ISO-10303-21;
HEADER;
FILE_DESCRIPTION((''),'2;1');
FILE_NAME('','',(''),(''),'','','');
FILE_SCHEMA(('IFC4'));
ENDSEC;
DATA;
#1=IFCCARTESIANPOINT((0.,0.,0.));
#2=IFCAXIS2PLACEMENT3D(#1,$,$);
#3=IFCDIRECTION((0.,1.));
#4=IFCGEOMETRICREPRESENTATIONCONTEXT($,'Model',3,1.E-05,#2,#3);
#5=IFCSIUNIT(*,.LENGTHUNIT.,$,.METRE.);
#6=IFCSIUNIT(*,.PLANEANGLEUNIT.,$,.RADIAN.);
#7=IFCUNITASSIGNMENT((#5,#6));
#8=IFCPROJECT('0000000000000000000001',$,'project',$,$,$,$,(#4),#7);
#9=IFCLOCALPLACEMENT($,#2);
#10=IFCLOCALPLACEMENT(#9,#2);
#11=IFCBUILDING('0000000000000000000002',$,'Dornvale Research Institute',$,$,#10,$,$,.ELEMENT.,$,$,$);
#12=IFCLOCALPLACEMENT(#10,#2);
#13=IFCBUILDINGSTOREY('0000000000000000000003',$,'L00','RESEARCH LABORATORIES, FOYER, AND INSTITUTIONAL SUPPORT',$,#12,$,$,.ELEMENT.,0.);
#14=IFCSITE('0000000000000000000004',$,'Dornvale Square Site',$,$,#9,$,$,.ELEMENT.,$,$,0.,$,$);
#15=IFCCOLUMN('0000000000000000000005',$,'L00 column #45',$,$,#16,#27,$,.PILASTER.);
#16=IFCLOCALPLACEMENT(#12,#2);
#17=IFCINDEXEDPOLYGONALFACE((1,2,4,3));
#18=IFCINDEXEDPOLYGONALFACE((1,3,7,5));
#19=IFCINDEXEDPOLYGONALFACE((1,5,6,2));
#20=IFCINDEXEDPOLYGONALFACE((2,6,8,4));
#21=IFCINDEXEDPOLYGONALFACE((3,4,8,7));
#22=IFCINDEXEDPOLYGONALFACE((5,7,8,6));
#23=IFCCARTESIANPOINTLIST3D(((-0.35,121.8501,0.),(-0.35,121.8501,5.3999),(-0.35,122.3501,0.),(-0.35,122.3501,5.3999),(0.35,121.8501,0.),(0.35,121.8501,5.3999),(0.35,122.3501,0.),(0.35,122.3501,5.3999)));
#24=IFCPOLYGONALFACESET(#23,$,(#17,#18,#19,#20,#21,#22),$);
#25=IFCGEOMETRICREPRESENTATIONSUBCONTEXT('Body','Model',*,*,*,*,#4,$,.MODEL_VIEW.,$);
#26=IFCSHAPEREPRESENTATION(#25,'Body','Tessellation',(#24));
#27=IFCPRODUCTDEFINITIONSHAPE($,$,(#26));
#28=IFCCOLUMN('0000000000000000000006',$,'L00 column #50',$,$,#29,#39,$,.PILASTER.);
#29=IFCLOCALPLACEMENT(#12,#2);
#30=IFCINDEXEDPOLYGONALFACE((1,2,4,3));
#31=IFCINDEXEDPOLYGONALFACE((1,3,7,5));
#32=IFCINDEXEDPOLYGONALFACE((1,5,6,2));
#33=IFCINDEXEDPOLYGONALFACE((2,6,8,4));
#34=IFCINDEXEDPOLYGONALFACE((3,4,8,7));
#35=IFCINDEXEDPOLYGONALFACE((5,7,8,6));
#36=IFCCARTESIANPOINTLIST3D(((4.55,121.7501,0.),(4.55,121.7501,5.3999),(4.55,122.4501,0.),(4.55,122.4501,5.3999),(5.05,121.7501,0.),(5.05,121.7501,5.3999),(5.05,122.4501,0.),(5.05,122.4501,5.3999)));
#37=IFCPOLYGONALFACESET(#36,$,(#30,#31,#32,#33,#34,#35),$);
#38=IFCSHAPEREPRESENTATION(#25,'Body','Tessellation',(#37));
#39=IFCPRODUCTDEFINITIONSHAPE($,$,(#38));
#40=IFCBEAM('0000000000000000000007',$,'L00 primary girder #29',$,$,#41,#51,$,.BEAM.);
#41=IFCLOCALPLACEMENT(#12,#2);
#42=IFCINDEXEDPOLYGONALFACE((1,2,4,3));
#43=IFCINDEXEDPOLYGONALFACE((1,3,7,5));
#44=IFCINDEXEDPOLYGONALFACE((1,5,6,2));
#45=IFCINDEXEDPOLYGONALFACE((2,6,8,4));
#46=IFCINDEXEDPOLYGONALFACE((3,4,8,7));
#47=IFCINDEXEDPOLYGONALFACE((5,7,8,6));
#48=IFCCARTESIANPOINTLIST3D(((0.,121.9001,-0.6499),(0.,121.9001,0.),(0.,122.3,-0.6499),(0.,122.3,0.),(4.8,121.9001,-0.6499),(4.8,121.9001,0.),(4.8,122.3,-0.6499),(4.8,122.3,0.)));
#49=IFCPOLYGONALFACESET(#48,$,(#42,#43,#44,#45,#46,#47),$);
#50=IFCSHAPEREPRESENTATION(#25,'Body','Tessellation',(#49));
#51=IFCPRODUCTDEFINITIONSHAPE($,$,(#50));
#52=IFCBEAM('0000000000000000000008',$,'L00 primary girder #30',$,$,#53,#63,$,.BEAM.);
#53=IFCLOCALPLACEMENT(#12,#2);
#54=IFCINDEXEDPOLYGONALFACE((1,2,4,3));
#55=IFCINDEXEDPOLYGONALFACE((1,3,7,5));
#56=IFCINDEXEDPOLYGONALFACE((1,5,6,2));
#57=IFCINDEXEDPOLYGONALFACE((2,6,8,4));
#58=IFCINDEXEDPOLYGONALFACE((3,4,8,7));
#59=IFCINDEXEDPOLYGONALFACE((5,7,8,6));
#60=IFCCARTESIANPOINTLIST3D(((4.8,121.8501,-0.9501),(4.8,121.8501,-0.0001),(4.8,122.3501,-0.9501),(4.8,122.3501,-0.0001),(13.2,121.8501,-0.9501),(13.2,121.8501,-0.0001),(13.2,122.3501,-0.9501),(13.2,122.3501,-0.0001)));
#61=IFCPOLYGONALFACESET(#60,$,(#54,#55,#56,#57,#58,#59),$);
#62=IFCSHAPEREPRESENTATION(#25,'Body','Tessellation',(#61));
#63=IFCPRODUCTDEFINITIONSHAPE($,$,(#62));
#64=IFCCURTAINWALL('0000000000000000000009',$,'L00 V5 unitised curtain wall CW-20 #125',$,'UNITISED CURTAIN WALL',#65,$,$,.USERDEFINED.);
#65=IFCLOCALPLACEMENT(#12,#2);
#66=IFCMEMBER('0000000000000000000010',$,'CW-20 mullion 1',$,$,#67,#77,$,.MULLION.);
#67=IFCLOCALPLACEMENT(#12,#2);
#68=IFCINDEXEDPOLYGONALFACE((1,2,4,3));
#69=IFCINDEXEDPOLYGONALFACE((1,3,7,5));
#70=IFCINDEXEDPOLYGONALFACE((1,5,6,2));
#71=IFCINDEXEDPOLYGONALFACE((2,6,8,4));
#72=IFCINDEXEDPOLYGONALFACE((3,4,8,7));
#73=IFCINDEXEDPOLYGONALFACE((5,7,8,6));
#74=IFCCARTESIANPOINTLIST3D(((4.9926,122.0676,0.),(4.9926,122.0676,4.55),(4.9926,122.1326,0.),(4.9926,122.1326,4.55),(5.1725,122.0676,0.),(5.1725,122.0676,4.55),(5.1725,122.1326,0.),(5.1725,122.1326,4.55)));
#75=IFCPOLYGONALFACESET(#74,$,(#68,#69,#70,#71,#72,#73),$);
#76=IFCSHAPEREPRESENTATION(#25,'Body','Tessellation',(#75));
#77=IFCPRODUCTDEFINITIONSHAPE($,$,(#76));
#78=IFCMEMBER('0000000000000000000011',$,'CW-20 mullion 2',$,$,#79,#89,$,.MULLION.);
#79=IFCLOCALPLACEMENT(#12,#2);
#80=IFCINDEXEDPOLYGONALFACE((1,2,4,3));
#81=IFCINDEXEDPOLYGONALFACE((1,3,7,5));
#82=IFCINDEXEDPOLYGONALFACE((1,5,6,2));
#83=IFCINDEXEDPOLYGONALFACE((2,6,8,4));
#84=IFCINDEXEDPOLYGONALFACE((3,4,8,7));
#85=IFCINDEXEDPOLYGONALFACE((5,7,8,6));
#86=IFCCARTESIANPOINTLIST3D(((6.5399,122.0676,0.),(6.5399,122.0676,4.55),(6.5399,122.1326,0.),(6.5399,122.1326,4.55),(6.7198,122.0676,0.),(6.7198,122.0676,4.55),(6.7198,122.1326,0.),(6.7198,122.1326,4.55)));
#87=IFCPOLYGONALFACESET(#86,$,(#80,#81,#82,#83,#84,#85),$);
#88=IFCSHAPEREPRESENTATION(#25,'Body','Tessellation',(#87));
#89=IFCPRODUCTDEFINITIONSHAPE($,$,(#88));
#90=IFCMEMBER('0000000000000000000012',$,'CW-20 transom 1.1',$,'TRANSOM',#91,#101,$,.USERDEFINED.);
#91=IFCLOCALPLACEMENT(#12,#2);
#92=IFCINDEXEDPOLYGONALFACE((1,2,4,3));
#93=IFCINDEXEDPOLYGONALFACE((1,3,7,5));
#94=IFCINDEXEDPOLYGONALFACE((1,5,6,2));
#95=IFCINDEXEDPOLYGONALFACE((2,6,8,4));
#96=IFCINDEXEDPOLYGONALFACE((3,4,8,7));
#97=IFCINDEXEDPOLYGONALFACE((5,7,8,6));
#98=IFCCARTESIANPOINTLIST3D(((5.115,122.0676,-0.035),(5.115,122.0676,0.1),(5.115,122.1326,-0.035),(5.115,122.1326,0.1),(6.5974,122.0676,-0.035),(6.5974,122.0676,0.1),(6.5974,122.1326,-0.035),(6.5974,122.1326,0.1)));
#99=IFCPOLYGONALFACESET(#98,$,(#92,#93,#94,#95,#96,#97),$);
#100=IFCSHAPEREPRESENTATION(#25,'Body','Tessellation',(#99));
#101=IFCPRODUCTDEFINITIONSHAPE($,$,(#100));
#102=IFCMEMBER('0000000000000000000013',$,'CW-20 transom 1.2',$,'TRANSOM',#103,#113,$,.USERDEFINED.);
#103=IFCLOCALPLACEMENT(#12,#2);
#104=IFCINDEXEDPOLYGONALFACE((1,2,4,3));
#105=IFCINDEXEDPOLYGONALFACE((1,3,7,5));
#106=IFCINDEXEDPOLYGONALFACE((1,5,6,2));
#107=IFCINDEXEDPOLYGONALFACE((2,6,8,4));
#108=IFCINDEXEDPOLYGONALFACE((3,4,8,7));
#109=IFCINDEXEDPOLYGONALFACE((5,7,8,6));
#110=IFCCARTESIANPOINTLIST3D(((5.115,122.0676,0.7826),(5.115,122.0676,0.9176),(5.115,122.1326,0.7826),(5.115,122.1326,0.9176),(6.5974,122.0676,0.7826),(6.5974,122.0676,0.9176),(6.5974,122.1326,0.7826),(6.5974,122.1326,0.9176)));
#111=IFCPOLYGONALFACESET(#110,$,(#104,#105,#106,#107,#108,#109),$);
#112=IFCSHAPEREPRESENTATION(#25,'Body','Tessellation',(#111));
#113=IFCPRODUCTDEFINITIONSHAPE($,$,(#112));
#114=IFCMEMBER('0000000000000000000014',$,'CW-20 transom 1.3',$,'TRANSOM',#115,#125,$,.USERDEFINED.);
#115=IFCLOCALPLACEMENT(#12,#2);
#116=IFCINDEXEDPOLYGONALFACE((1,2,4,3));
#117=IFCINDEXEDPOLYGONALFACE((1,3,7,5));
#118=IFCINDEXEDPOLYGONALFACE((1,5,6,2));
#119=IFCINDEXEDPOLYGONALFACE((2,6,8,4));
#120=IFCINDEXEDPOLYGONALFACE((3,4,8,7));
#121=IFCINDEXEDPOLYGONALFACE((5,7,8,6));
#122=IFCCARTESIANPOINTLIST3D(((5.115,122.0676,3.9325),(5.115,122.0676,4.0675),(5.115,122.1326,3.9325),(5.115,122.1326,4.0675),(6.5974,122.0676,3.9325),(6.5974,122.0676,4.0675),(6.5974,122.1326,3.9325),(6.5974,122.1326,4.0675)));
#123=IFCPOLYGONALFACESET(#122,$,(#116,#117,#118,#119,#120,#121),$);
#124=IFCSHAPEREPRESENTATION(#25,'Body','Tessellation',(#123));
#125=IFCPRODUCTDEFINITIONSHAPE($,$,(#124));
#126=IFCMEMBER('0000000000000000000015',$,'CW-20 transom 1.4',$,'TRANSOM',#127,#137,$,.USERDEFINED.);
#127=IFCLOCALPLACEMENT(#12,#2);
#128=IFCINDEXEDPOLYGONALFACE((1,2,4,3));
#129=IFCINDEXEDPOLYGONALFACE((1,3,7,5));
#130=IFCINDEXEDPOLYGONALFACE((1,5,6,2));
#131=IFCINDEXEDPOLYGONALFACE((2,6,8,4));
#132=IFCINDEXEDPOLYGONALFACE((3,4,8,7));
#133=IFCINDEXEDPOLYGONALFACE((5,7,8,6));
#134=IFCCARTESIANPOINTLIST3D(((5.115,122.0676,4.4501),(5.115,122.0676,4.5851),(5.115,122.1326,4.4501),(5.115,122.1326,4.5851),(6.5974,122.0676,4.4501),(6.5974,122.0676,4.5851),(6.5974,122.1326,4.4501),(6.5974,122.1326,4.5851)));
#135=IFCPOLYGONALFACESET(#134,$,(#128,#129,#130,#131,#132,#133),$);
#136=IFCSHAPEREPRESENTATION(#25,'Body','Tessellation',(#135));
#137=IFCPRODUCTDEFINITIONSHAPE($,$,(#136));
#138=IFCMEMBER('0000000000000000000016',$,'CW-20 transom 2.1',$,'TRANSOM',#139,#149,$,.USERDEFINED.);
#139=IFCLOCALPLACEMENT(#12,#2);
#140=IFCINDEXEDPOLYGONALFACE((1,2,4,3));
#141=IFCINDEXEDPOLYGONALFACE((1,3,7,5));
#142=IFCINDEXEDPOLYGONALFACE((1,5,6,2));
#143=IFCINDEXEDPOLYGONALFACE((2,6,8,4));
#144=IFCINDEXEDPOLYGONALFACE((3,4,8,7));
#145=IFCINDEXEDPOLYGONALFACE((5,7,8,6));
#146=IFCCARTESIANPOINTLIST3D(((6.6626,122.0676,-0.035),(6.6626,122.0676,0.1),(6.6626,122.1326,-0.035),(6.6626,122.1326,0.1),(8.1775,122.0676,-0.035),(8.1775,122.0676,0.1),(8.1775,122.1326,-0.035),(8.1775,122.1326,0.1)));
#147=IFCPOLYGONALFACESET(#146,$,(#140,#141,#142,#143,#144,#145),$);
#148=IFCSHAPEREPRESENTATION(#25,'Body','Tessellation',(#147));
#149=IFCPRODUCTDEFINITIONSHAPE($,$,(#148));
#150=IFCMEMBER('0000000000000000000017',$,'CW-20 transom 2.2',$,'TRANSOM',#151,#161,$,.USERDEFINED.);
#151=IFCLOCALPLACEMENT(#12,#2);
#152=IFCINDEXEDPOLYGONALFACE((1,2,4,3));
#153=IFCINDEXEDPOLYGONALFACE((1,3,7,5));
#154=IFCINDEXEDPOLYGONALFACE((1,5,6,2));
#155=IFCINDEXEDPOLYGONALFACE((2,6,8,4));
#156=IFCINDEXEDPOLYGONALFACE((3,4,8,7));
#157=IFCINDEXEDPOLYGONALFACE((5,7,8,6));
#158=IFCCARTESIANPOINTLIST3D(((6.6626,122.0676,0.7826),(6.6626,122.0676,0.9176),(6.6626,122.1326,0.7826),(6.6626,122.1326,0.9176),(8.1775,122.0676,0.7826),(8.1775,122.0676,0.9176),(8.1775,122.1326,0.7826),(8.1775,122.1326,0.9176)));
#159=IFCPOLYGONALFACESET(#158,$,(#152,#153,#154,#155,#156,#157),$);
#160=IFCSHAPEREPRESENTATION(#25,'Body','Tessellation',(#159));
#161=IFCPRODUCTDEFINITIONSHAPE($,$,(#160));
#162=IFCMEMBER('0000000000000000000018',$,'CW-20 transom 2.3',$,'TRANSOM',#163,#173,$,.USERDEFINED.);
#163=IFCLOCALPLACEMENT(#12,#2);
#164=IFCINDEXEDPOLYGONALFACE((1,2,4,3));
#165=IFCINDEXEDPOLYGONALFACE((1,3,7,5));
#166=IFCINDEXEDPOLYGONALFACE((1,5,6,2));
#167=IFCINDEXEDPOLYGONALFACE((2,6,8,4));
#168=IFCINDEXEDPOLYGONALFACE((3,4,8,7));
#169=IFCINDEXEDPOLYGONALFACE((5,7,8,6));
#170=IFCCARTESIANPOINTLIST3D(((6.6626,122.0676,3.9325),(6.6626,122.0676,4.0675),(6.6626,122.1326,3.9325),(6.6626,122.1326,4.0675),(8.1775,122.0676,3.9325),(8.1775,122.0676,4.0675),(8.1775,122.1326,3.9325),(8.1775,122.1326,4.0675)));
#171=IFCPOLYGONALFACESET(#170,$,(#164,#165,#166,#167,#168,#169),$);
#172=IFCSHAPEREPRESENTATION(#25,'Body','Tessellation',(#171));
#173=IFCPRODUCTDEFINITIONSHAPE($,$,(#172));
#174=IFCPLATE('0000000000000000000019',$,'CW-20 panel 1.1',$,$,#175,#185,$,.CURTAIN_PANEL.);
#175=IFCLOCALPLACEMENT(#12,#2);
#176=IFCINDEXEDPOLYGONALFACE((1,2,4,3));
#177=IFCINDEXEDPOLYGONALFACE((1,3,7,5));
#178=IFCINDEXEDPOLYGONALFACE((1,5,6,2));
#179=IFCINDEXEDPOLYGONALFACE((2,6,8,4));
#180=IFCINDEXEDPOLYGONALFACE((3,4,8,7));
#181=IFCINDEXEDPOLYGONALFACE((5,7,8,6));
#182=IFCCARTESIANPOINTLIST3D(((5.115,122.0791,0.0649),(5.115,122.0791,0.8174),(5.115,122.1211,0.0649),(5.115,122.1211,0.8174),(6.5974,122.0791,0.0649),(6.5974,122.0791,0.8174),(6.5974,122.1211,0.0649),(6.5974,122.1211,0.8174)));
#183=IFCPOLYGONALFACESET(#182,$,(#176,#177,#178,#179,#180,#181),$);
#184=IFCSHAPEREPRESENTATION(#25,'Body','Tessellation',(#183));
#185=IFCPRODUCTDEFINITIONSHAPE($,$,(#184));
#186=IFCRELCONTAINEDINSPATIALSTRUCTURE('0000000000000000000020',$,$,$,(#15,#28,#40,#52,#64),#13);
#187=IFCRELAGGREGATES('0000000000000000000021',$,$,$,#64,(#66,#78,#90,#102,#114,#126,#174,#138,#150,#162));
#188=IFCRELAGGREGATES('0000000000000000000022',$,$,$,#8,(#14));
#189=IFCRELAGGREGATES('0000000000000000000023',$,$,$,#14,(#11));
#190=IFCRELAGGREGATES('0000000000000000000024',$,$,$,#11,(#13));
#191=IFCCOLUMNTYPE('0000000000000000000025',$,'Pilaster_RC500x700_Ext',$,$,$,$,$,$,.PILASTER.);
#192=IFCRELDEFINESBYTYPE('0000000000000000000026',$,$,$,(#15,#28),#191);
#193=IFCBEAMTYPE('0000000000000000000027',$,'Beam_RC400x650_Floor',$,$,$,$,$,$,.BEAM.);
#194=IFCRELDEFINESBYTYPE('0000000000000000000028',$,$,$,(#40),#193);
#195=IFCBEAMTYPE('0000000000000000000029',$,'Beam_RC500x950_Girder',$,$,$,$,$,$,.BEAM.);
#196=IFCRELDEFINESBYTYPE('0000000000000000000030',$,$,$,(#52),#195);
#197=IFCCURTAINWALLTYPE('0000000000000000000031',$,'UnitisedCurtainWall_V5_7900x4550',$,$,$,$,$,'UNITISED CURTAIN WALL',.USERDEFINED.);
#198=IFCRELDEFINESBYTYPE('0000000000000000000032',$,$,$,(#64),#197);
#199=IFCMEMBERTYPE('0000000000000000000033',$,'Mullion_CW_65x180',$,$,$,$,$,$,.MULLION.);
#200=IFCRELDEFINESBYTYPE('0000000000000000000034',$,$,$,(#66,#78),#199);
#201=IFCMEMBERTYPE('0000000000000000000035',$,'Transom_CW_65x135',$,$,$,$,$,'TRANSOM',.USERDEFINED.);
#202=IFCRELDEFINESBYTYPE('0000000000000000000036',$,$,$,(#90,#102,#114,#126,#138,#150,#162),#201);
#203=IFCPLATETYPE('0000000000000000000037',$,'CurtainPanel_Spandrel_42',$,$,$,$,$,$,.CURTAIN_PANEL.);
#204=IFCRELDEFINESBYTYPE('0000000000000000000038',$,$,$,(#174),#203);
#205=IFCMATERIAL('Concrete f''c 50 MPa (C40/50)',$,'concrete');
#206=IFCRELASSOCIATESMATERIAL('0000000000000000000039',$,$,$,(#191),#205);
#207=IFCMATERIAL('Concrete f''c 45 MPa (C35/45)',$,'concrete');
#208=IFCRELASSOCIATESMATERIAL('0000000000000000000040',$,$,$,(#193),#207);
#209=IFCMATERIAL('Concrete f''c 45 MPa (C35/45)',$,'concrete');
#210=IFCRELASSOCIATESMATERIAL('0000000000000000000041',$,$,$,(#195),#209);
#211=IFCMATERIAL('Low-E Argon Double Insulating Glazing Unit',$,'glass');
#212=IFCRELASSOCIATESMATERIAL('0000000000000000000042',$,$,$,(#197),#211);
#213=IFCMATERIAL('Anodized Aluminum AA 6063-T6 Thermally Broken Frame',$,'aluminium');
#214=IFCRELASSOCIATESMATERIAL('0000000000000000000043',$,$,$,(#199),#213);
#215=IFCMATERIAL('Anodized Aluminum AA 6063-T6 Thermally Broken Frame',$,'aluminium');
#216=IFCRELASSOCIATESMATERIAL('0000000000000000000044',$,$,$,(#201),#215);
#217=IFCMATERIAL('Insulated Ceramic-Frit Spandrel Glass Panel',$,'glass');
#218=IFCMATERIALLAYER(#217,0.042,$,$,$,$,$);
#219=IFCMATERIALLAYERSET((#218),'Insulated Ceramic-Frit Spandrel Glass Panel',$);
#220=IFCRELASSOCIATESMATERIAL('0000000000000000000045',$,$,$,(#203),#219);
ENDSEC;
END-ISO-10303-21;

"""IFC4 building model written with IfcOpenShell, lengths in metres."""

from ifc_helpers import new_model, si_unit, direction, frame, origin, origin_2d, place, context, subcontext, project, spatial, rectangle, extrude, material, layer, layer_set, material_profile, profile_set, type_object, element, aggregate, save


model = new_model("IFC4")

# Units and contexts
model_context = context("Model", 3, precision=1e-05, world=origin(), true_north=direction((0.0, 1.0)))
body_context = subcontext(model_context, "Body", "Model", "MODEL_VIEW")
ifc_project = project(units=[si_unit("LENGTHUNIT", "METRE"), si_unit("PLANEANGLEUNIT", "RADIAN")], contexts=[model_context])

# Site, building, storey
site_placement = place(None, origin())
site = spatial("IfcSite", under=ifc_project, at=site_placement, Name="Dornvale Square Site", CompositionType="ELEMENT", RefElevation=0.0)
building_placement = place(site_placement, origin())
building = spatial("IfcBuilding", under=site, at=building_placement, Name="Dornvale Research Institute", CompositionType="ELEMENT")
storey_placement = place(building_placement, origin())
storey = spatial("IfcBuildingStorey", under=building, at=storey_placement, Name="L00", Description="RESEARCH LABORATORIES, FOYER, AND INSTITUTIONAL SUPPORT", CompositionType="ELEMENT", Elevation=0.0)

# Columns
ifc_material_1 = material(Name="Concrete f'c 50 MPa (C40/50)", Category="concrete")
ifc_material_profile_1 = material_profile(ifc_material_1, rectangle(XDim=0.5, YDim=0.7, at=origin_2d()), Name="RC 500x700")
ifc_profile_set_1 = profile_set([ifc_material_profile_1], Name="Concrete f'c 50 MPa (C40/50)")
column_type = type_object("IfcColumnType", Name="Pilaster_RC500x700_Ext", PredefinedType="PILASTER", material=ifc_profile_set_1)
for number, where, z_axis, x_axis, name in (
    (1, (0.0, 122.1001, 0.0), (0.0, 0.0, 1.0), (0.0, 1.0, 0.0), "L00 column #45"),
    (2, (4.8, 122.1001, 0.0), (0.0, 0.0, 1.0), (1.0, 0.0, 0.0), "L00 column #50"),
):
    element("IfcColumn", number, at=place(storey_placement, frame(where, z_axis=z_axis, x_axis=x_axis)), inside=storey, type_object=column_type, Name=name, PredefinedType="PILASTER", context=body_context, shape_type="SweptSolid", body=[
        extrude(rectangle(XDim=0.5, YDim=0.7, at=origin_2d()), origin(), (0.0, 0.0, 1.0), 5.3999),
    ])

# Beams
ifc_material_2 = material(Name="Concrete f'c 45 MPa (C35/45)", Category="concrete")
ifc_material_profile_2 = material_profile(ifc_material_2, rectangle(XDim=0.3999, YDim=0.6499, at=origin_2d()), Name="RC 400x650")
ifc_profile_set_2 = profile_set([ifc_material_profile_2], Name="Concrete f'c 45 MPa (C35/45)")
beam_type_1 = type_object("IfcBeamType", Name="Beam_RC400x650_Floor", PredefinedType="BEAM", material=ifc_profile_set_2)
beam_1_placement = place(storey_placement, frame((0.0, 122.1001, -0.325), z_axis=(1.0, 0.0, 0.0), x_axis=(0.0, 1.0, 0.0)))
element("IfcBeam", 3, at=beam_1_placement, inside=storey, type_object=beam_type_1, Name="L00 primary girder #29", PredefinedType="BEAM", context=body_context, shape_type="SweptSolid", body=[
    extrude(rectangle(XDim=0.3999, YDim=0.6499, at=origin_2d()), origin(), (0.0, 0.0, 1.0), 4.8),
])
ifc_material_3 = material(Name="Concrete f'c 45 MPa (C35/45)", Category="concrete")
ifc_material_profile_3 = material_profile(ifc_material_3, rectangle(XDim=0.5, YDim=0.95, at=origin_2d()), Name="RC 500x950")
ifc_profile_set_3 = profile_set([ifc_material_profile_3], Name="Concrete f'c 45 MPa (C35/45)")
beam_type_2 = type_object("IfcBeamType", Name="Beam_RC500x950_Girder", PredefinedType="BEAM", material=ifc_profile_set_3)
beam_2_placement = place(storey_placement, frame((4.8, 122.1001, -0.4751), z_axis=(1.0, 0.0, 0.0), x_axis=(0.0, 1.0, 0.0)))
element("IfcBeam", 4, at=beam_2_placement, inside=storey, type_object=beam_type_2, Name="L00 primary girder #30", PredefinedType="BEAM", context=body_context, shape_type="SweptSolid", body=[
    extrude(rectangle(XDim=0.5, YDim=0.95, at=origin_2d()), origin(), (0.0, 0.0, 1.0), 8.3999),
])

# Curtain wall, members, plate
ifc_material_4 = material(Name="Low-E Argon Double Insulating Glazing Unit", Category="glass")
curtain_wall_type = type_object("IfcCurtainWallType", Name="UnitisedCurtainWall_V5_7900x4550", ElementType="UNITISED CURTAIN WALL", PredefinedType="USERDEFINED", material=ifc_material_4)
curtain_wall_placement = place(storey_placement, origin())
curtain_wall = element("IfcCurtainWall", 5, at=curtain_wall_placement, inside=storey, type_object=curtain_wall_type, Name="L00 V5 unitised curtain wall CW-20 #125", ObjectType="UNITISED CURTAIN WALL", PredefinedType="USERDEFINED")
ifc_material_5 = material(Name="Anodized Aluminum AA 6063-T6 Thermally Broken Frame", Category="aluminium")
ifc_material_profile_4 = material_profile(ifc_material_5, rectangle(XDim=0.0649, YDim=0.1799, at=origin_2d()), Name="ALU MULLION 65x180")
ifc_profile_set_4 = profile_set([ifc_material_profile_4], Name="Anodized Aluminum AA 6063-T6 Thermally Broken Frame")
member_type_1 = type_object("IfcMemberType", Name="Mullion_CW_65x180", PredefinedType="MULLION", material=ifc_profile_set_4)
member_1_placement = place(storey_placement, frame((5.0825, 122.1001, 0.0), z_axis=(0.0, 0.0, 1.0), x_axis=(0.0, 1.0, 0.0)))
member_1 = element("IfcMember", 6, at=member_1_placement, type_object=member_type_1, Name="CW-20 mullion 1", PredefinedType="MULLION", context=body_context, shape_type="SweptSolid", body=[
    extrude(rectangle(XDim=0.0649, YDim=0.1799, at=origin_2d()), origin(), (0.0, 0.0, 1.0), 4.55),
])
member_2_placement = place(storey_placement, frame((6.6299, 122.1001, 0.0), z_axis=(0.0, 0.0, 1.0), x_axis=(0.0, 1.0, 0.0)))
member_2 = element("IfcMember", 7, at=member_2_placement, type_object=member_type_1, Name="CW-20 mullion 2", PredefinedType="MULLION", context=body_context, shape_type="SweptSolid", body=[
    extrude(rectangle(XDim=0.0649, YDim=0.1799, at=origin_2d()), origin(), (0.0, 0.0, 1.0), 4.55),
])
ifc_material_6 = material(Name="Anodized Aluminum AA 6063-T6 Thermally Broken Frame", Category="aluminium")
ifc_material_profile_5 = material_profile(ifc_material_6, rectangle(XDim=0.0649, YDim=0.135, at=origin_2d()), Name="ALU TRANSOM 65x135")
ifc_profile_set_5 = profile_set([ifc_material_profile_5], Name="Anodized Aluminum AA 6063-T6 Thermally Broken Frame")
member_type_2 = type_object("IfcMemberType", Name="Transom_CW_65x135", ElementType="TRANSOM", PredefinedType="USERDEFINED", material=ifc_profile_set_5)
member_3_placement = place(storey_placement, frame((5.115, 122.1001, 0.0325), z_axis=(1.0, 0.0, 0.0), x_axis=(0.0, 1.0, 0.0)))
member_3 = element("IfcMember", 8, at=member_3_placement, type_object=member_type_2, Name="CW-20 transom 1.1", ObjectType="TRANSOM", PredefinedType="USERDEFINED", context=body_context, shape_type="SweptSolid", body=[
    extrude(rectangle(XDim=0.0649, YDim=0.135, at=origin_2d()), origin(), (0.0, 0.0, 1.0), 1.4824),
])
member_4_placement = place(storey_placement, frame((5.115, 122.1001, 0.8501), z_axis=(1.0, 0.0, 0.0), x_axis=(0.0, 1.0, 0.0)))
member_4 = element("IfcMember", 9, at=member_4_placement, type_object=member_type_2, Name="CW-20 transom 1.2", ObjectType="TRANSOM", PredefinedType="USERDEFINED", context=body_context, shape_type="SweptSolid", body=[
    extrude(rectangle(XDim=0.0649, YDim=0.135, at=origin_2d()), origin(), (0.0, 0.0, 1.0), 1.4824),
])
member_5_placement = place(storey_placement, frame((5.115, 122.1001, 4.0), z_axis=(1.0, 0.0, 0.0), x_axis=(0.0, 1.0, 0.0)))
member_5 = element("IfcMember", 10, at=member_5_placement, type_object=member_type_2, Name="CW-20 transom 1.3", ObjectType="TRANSOM", PredefinedType="USERDEFINED", context=body_context, shape_type="SweptSolid", body=[
    extrude(rectangle(XDim=0.0649, YDim=0.135, at=origin_2d()), origin(), (0.0, 0.0, 1.0), 1.4824),
])
member_6_placement = place(storey_placement, frame((5.115, 122.1001, 4.5176), z_axis=(1.0, 0.0, 0.0), x_axis=(0.0, 1.0, 0.0)))
member_6 = element("IfcMember", 11, at=member_6_placement, type_object=member_type_2, Name="CW-20 transom 1.4", ObjectType="TRANSOM", PredefinedType="USERDEFINED", context=body_context, shape_type="SweptSolid", body=[
    extrude(rectangle(XDim=0.0649, YDim=0.135, at=origin_2d()), origin(), (0.0, 0.0, 1.0), 1.4824),
])
member_7_placement = place(storey_placement, frame((6.6626, 122.1001, 0.0325), z_axis=(1.0, 0.0, 0.0), x_axis=(0.0, 1.0, 0.0)))
member_7 = element("IfcMember", 12, at=member_7_placement, type_object=member_type_2, Name="CW-20 transom 2.1", ObjectType="TRANSOM", PredefinedType="USERDEFINED", context=body_context, shape_type="SweptSolid", body=[
    extrude(rectangle(XDim=0.0649, YDim=0.135, at=origin_2d()), origin(), (0.0, 0.0, 1.0), 1.5149),
])
member_8_placement = place(storey_placement, frame((6.6626, 122.1001, 0.8501), z_axis=(1.0, 0.0, 0.0), x_axis=(0.0, 1.0, 0.0)))
member_8 = element("IfcMember", 13, at=member_8_placement, type_object=member_type_2, Name="CW-20 transom 2.2", ObjectType="TRANSOM", PredefinedType="USERDEFINED", context=body_context, shape_type="SweptSolid", body=[
    extrude(rectangle(XDim=0.0649, YDim=0.135, at=origin_2d()), origin(), (0.0, 0.0, 1.0), 1.5149),
])
member_9_placement = place(storey_placement, frame((6.6626, 122.1001, 4.0), z_axis=(1.0, 0.0, 0.0), x_axis=(0.0, 1.0, 0.0)))
member_9 = element("IfcMember", 14, at=member_9_placement, type_object=member_type_2, Name="CW-20 transom 2.3", ObjectType="TRANSOM", PredefinedType="USERDEFINED", context=body_context, shape_type="SweptSolid", body=[
    extrude(rectangle(XDim=0.0649, YDim=0.135, at=origin_2d()), origin(), (0.0, 0.0, 1.0), 1.5149),
])
ifc_material_7 = material(Name="Insulated Ceramic-Frit Spandrel Glass Panel", Category="glass")
ifc_layer_1 = layer(ifc_material_7, 0.042)
ifc_layer_set_1 = layer_set([ifc_layer_1], Name="Insulated Ceramic-Frit Spandrel Glass Panel")
plate_type_1 = type_object("IfcPlateType", Name="CurtainPanel_Spandrel_42", PredefinedType="CURTAIN_PANEL", material=ifc_layer_set_1)
plate_1_placement = place(storey_placement, frame((5.8562, 122.1001, 0.0649), z_axis=(0.0, 0.0, 1.0), x_axis=(1.0, 0.0, 0.0)))
plate_1 = element("IfcPlate", 15, at=plate_1_placement, type_object=plate_type_1, Name="CW-20 panel 1.1", PredefinedType="CURTAIN_PANEL", context=body_context, shape_type="SweptSolid", body=[
    extrude(rectangle(XDim=1.4824, YDim=0.042, at=origin_2d()), origin(), (0.0, 0.0, 1.0), 0.7524),
])
aggregate(curtain_wall, [member_1, member_2, member_3, member_4, member_5, member_6, plate_1, member_7, member_8, member_9])

save(model, "model.ifc")
